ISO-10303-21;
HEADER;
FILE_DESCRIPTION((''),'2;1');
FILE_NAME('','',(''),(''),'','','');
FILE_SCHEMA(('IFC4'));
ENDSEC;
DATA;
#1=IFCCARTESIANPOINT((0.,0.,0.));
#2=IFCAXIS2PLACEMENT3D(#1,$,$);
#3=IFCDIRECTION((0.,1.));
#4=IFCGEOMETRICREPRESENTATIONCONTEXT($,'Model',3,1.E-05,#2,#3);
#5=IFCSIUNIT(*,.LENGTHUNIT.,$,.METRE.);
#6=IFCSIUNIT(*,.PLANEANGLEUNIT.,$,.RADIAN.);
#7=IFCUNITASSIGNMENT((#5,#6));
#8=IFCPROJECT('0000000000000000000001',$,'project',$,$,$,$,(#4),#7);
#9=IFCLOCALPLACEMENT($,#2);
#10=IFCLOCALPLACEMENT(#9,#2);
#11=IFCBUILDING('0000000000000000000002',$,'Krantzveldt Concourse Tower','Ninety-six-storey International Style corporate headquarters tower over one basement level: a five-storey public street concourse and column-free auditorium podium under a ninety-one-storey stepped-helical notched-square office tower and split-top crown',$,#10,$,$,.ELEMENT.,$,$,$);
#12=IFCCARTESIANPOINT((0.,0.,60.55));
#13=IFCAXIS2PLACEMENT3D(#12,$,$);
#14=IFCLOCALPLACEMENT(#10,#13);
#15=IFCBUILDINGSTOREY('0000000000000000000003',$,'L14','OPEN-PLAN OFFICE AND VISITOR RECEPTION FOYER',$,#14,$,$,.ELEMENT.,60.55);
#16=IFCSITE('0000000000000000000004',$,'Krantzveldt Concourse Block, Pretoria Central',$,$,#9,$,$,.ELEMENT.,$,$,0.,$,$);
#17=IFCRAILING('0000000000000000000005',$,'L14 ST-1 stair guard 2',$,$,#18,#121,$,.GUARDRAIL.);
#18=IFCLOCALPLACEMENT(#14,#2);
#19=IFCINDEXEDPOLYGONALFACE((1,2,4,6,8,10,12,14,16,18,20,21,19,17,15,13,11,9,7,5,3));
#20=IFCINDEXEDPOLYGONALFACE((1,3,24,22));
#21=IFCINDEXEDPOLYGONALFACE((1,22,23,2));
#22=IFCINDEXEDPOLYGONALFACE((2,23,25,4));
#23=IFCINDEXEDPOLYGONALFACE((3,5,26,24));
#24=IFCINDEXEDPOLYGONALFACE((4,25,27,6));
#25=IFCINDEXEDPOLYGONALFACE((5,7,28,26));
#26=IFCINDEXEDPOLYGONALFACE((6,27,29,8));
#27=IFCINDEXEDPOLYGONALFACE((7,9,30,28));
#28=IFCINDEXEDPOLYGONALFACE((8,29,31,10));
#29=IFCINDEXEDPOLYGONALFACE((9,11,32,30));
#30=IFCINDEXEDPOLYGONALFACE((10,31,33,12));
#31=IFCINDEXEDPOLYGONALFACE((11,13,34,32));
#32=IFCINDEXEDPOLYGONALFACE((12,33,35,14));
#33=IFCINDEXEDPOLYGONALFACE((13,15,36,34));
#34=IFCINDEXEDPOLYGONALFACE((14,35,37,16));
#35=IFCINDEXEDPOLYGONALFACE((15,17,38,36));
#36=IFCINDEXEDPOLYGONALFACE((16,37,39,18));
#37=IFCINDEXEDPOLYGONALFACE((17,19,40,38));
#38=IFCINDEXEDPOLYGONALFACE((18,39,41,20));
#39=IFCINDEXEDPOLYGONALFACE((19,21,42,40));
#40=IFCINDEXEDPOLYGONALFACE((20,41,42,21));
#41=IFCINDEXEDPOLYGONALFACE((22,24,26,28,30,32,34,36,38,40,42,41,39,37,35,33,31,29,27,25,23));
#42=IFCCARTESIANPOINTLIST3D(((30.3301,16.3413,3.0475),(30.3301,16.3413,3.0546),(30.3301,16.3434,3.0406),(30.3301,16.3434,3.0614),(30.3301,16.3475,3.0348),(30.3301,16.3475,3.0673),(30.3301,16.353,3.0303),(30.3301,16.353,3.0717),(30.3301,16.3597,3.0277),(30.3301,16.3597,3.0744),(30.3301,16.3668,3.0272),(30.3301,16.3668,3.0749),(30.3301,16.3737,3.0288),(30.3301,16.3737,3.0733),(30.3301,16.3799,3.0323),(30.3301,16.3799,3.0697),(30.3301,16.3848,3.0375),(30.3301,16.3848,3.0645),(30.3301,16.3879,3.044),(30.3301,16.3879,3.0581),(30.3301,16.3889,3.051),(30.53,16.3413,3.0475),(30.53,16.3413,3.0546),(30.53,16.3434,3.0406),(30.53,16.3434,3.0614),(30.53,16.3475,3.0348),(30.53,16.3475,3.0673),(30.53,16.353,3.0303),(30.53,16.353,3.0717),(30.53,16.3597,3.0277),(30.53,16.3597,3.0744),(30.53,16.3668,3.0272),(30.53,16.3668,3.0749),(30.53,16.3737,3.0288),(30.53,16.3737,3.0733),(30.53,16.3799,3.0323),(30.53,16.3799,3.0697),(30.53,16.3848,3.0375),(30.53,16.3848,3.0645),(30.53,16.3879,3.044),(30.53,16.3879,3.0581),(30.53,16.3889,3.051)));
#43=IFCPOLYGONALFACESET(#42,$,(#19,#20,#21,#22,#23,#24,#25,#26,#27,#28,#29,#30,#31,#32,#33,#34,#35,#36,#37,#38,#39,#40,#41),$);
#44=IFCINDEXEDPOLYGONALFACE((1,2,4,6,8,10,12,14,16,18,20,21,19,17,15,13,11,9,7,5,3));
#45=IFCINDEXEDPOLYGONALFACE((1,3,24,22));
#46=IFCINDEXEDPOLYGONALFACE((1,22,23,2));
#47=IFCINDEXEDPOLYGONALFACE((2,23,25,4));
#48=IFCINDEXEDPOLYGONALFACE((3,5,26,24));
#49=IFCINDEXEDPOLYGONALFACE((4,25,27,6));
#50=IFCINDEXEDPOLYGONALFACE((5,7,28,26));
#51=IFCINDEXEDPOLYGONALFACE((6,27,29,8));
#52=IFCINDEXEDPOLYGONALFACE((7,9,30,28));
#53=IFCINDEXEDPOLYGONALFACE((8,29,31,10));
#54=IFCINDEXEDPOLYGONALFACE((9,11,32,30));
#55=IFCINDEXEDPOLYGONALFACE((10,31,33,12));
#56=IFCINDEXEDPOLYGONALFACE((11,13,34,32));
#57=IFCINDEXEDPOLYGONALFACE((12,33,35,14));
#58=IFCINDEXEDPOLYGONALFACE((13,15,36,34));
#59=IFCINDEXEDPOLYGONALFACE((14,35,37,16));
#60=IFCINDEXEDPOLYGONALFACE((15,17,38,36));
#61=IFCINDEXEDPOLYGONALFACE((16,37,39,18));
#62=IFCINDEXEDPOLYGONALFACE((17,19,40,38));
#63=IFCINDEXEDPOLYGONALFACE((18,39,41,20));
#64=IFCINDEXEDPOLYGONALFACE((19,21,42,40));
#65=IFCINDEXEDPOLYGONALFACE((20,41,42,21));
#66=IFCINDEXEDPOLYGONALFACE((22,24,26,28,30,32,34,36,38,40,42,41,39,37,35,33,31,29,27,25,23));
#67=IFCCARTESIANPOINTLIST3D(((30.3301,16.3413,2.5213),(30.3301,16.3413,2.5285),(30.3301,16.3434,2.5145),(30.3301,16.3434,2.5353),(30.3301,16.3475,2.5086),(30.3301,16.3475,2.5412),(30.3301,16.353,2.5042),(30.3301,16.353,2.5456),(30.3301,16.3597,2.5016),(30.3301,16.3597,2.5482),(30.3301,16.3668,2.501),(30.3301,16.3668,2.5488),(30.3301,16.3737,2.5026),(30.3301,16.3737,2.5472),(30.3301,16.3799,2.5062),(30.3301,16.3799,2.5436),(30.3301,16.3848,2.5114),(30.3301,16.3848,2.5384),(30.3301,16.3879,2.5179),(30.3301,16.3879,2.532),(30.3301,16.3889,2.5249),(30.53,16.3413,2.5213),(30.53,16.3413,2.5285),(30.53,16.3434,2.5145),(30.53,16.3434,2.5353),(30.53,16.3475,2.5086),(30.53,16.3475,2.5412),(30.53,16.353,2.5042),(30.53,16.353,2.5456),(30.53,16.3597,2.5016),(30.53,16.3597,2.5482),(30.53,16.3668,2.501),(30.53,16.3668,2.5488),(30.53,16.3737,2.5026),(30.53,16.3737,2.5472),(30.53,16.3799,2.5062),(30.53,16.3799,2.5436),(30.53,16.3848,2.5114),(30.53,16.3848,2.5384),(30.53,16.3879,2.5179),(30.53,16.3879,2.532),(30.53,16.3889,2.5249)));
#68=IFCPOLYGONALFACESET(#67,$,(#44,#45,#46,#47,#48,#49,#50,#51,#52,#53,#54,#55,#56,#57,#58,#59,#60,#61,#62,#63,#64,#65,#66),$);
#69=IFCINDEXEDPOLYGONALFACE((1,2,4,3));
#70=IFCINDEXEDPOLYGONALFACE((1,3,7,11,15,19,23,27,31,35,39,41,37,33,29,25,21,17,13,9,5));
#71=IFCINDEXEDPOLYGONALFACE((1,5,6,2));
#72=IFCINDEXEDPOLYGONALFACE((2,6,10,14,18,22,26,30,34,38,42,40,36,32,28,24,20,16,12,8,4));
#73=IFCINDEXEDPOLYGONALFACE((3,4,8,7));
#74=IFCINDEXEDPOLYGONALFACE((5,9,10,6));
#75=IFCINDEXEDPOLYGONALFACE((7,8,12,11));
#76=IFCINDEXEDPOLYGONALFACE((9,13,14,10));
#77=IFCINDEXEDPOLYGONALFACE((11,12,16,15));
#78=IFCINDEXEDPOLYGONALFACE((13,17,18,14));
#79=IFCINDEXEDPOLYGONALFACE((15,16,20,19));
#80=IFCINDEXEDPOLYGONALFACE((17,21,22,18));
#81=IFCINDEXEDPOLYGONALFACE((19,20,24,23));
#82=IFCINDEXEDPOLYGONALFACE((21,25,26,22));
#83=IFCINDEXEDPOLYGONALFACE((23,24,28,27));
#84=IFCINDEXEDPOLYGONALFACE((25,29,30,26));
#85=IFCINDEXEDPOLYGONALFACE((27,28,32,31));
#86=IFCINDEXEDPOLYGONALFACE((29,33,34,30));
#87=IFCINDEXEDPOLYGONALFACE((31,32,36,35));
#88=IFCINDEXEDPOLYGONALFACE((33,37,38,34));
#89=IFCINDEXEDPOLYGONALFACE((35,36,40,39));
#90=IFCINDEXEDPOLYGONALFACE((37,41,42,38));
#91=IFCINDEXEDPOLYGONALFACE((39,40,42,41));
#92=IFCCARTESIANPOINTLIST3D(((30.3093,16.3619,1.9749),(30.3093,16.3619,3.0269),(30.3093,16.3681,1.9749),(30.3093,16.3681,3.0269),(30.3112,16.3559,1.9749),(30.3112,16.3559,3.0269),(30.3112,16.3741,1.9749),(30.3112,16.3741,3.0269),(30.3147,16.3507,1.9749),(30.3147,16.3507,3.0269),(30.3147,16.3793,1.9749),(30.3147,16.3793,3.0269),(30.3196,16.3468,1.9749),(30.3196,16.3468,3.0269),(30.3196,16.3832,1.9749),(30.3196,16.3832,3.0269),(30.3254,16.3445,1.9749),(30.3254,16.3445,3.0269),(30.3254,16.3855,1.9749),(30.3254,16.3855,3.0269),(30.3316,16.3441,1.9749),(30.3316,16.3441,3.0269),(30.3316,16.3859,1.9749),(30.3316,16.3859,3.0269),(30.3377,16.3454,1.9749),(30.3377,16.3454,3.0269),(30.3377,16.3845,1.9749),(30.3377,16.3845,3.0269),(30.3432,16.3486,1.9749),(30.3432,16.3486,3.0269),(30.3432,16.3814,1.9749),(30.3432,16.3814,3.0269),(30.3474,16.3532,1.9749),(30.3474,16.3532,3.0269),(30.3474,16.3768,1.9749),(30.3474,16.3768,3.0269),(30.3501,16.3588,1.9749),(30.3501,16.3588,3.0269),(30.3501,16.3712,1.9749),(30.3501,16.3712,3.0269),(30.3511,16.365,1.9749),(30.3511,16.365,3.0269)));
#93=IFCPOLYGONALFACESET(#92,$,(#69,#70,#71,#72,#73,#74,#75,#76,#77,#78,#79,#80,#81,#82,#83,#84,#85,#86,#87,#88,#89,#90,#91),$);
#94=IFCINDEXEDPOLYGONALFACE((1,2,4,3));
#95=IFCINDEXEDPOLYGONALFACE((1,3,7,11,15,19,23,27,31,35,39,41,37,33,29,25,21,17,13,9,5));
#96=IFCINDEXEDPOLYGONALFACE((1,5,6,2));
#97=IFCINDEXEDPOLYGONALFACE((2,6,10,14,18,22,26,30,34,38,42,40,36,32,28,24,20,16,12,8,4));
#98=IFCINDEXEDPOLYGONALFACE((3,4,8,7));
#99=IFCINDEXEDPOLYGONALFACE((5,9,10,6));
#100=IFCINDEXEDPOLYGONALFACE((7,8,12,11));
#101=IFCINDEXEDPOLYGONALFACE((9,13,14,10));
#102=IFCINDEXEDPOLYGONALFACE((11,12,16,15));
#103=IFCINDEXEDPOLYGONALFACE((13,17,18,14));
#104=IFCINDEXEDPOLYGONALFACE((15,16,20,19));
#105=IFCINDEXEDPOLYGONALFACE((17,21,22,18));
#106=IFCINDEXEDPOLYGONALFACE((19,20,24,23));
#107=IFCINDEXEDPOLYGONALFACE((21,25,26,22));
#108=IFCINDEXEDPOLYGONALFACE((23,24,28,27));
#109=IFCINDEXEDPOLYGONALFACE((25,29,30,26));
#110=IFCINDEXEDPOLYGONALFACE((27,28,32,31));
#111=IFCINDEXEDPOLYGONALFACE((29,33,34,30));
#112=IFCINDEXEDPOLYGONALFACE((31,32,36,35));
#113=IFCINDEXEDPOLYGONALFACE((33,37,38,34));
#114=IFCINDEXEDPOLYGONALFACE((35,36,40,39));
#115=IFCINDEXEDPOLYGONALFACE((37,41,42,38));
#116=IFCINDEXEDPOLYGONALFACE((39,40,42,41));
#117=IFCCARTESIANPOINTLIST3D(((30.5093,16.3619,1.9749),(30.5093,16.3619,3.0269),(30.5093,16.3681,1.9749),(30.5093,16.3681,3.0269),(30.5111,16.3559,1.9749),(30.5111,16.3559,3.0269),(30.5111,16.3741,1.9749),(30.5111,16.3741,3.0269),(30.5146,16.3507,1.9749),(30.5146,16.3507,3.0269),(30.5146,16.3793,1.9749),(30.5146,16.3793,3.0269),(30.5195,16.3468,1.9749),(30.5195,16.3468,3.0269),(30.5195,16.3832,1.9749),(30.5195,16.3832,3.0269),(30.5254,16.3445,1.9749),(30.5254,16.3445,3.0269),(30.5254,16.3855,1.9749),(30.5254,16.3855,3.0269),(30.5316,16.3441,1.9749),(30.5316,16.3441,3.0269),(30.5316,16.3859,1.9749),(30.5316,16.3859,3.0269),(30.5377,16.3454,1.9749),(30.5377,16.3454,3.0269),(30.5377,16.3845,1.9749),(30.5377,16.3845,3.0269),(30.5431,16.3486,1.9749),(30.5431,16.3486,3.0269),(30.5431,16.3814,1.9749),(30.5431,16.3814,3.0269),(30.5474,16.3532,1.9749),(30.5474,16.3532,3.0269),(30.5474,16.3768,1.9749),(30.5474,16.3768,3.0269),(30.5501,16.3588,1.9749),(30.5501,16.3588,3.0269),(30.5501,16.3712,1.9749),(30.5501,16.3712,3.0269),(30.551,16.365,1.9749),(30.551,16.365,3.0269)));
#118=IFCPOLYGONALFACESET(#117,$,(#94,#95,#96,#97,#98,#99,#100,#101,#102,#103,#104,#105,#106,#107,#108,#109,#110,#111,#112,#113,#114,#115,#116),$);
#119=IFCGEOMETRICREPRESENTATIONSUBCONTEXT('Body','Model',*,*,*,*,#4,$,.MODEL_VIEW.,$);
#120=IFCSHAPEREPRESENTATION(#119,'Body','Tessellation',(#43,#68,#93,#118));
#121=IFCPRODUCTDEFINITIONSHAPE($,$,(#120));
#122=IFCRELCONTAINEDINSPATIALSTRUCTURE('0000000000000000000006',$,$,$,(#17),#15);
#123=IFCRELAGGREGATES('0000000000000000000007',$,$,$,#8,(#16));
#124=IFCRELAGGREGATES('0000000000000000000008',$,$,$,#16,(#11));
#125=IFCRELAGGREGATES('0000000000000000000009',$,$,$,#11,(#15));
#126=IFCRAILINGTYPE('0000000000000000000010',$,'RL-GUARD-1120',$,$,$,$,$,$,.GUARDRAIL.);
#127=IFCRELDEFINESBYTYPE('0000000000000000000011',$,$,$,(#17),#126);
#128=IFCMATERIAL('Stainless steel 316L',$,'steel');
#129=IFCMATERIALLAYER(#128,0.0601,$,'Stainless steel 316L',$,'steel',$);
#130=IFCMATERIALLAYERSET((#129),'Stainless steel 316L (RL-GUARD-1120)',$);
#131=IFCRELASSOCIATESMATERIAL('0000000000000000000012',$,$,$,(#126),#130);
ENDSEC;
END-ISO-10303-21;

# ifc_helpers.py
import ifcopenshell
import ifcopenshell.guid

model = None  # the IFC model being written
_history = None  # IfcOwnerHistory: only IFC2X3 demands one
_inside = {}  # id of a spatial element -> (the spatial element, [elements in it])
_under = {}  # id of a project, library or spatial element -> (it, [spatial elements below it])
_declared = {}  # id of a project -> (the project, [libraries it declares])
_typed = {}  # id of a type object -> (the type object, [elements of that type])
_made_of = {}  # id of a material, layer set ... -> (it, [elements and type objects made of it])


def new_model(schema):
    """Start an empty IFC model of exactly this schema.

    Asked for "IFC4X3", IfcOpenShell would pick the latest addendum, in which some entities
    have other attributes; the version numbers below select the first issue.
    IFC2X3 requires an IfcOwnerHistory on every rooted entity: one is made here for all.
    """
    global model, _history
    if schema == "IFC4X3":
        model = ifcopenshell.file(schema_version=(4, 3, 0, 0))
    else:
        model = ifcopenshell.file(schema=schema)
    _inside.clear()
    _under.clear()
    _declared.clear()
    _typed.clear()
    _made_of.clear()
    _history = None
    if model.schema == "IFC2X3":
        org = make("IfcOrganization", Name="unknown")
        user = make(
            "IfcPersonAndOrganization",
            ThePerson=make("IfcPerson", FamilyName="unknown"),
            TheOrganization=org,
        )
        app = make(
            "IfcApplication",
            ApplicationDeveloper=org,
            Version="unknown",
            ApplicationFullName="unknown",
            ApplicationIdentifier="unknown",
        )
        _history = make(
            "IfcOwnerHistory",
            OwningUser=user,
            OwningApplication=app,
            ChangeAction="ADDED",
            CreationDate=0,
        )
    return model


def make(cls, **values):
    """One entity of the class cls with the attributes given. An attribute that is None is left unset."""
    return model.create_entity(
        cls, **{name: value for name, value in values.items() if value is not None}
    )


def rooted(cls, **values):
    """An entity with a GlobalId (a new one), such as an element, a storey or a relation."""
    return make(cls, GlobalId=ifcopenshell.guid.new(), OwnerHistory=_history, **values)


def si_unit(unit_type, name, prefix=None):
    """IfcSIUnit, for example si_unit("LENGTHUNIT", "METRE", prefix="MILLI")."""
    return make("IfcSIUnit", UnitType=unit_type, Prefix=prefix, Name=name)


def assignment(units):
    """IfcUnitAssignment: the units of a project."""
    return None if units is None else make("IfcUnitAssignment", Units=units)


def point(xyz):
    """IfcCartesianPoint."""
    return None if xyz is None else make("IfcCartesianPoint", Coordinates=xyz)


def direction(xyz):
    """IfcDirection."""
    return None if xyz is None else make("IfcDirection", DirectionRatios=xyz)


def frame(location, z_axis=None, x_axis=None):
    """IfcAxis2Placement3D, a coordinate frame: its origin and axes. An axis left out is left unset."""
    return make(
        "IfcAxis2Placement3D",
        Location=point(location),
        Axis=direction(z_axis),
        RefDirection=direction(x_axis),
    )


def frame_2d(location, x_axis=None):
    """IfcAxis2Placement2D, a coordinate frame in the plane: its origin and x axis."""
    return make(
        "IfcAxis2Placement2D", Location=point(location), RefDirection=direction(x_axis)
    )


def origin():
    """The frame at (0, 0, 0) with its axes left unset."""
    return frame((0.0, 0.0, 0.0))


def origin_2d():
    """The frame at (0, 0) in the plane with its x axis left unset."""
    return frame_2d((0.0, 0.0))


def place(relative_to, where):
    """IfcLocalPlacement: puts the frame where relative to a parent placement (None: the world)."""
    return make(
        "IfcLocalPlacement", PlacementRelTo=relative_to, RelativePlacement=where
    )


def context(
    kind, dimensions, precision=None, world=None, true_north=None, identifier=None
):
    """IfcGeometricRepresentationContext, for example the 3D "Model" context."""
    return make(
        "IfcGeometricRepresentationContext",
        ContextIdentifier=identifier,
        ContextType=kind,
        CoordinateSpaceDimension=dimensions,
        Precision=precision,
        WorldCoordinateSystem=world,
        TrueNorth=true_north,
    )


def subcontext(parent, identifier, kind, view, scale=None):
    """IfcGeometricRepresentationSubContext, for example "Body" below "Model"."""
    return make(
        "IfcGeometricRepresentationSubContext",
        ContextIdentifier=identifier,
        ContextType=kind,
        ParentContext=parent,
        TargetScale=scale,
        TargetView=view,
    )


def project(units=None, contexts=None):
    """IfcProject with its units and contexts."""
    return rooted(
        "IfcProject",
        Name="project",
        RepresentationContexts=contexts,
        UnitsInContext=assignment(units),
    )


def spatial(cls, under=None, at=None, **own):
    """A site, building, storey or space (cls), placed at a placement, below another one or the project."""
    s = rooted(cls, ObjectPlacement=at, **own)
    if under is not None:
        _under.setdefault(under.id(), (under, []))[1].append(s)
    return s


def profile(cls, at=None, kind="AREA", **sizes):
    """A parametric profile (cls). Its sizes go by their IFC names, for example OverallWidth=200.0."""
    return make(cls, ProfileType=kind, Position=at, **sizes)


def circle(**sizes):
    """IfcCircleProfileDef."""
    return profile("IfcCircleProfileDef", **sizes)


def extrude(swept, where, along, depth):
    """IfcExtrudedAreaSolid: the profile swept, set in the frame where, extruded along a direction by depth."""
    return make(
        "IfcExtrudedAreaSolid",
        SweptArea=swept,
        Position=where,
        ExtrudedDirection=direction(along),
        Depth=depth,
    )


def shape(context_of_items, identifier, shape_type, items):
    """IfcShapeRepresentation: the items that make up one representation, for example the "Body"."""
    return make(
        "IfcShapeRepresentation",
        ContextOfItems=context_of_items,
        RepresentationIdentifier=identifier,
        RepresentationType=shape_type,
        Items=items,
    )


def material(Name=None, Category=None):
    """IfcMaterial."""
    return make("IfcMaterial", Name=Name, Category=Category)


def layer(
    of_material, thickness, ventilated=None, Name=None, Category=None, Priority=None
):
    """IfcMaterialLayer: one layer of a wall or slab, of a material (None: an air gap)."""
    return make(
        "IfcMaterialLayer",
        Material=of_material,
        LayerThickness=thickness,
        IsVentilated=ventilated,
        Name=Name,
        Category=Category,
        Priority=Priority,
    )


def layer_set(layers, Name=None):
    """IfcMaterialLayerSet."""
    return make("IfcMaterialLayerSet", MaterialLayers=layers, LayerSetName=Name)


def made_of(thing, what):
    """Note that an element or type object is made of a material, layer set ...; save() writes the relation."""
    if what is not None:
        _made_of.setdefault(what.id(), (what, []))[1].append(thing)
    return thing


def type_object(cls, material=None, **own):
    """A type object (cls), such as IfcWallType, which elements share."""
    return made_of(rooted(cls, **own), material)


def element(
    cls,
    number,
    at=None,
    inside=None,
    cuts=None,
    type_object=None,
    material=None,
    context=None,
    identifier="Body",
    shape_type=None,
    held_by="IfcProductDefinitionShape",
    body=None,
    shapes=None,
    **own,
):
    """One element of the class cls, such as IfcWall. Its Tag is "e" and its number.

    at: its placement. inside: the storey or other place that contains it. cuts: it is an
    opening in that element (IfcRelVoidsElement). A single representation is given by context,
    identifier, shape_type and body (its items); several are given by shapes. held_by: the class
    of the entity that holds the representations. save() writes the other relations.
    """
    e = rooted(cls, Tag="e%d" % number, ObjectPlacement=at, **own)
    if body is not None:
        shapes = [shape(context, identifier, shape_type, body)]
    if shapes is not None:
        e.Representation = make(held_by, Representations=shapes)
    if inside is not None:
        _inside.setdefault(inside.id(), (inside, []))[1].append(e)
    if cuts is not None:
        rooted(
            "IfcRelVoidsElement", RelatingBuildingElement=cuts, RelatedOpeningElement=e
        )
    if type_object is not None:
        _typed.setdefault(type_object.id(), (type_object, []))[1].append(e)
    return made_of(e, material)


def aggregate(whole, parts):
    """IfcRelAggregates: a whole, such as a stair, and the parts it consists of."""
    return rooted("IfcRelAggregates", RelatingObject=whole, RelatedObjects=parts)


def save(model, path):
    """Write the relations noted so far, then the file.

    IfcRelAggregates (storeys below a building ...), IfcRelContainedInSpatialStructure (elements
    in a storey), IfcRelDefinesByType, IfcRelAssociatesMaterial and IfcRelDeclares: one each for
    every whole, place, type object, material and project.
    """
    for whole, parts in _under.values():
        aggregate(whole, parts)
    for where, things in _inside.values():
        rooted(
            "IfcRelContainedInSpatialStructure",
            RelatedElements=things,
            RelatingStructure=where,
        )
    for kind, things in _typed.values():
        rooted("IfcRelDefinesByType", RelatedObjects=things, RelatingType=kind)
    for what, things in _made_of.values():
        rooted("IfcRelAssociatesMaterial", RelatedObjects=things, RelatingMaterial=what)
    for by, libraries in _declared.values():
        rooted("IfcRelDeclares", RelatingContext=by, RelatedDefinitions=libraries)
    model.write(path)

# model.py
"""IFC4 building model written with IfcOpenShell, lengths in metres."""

from ifc_helpers import new_model, si_unit, direction, frame, origin, origin_2d, place, context, subcontext, project, spatial, circle, extrude, material, layer, layer_set, type_object, element, save


model = new_model("IFC4")

# Units and contexts
model_context = context("Model", 3, precision=1e-05, world=origin(), true_north=direction((0.0, 1.0)))
body_context = subcontext(model_context, "Body", "Model", "MODEL_VIEW")
ifc_project = project(units=[si_unit("LENGTHUNIT", "METRE"), si_unit("PLANEANGLEUNIT", "RADIAN")], contexts=[model_context])

# Site, building, storey
site_placement = place(None, origin())
site = spatial("IfcSite", under=ifc_project, at=site_placement, Name="Krantzveldt Concourse Block, Pretoria Central", CompositionType="ELEMENT", RefElevation=0.0)
building_placement = place(site_placement, origin())
building = spatial("IfcBuilding", under=site, at=building_placement, Name="Krantzveldt Concourse Tower", Description="Ninety-six-storey International Style corporate headquarters tower over one basement level: a five-storey public street concourse and column-free auditorium podium under a ninety-one-storey stepped-helical notched-square office tower and split-top crown", CompositionType="ELEMENT")
storey_placement = place(building_placement, frame((0.0, 0.0, 60.55)))
storey = spatial("IfcBuildingStorey", under=building, at=storey_placement, Name="L14", Description="OPEN-PLAN OFFICE AND VISITOR RECEPTION FOYER", CompositionType="ELEMENT", Elevation=60.55)

# Shared definitions
ifc_material_1 = material(Name="Stainless steel 316L", Category="steel")

# Railing
ifc_layer_1 = layer(ifc_material_1, 0.0601, Name="Stainless steel 316L", Category="steel")
ifc_layer_set_1 = layer_set([ifc_layer_1], Name="Stainless steel 316L (RL-GUARD-1120)")
railing_type_1 = type_object("IfcRailingType", Name="RL-GUARD-1120", PredefinedType="GUARDRAIL", material=ifc_layer_set_1)
railing_1_placement = place(storey_placement, frame((30.3301, 16.365, 1.9749)))
element("IfcRailing", 1, at=railing_1_placement, inside=storey, type_object=railing_type_1, Name="L14 ST-1 stair guard 2", PredefinedType="GUARDRAIL", context=body_context, shape_type="SweptSolid", body=[
    extrude(circle(Radius=0.0239, at=origin_2d()), frame((0.0, 0.0, 1.0762), z_axis=(1.0, 0.0, 0.0), x_axis=(0.0, 1.0, 0.0)), (0.0, 0.0, 1.0), 0.2),
    extrude(circle(Radius=0.0239, at=origin_2d()), frame((0.0, 0.0, 0.55), z_axis=(1.0, 0.0, 0.0), x_axis=(0.0, 1.0, 0.0)), (0.0, 0.0, 1.0), 0.2),
    extrude(circle(Radius=0.021, at=origin_2d()), origin(), (0.0, 0.0, 1.0), 1.052),
    extrude(circle(Radius=0.021, at=origin_2d()), frame((0.2, 0.0, 0.0)), (0.0, 0.0, 1.0), 1.052),
])

save(model, "model.ifc")
